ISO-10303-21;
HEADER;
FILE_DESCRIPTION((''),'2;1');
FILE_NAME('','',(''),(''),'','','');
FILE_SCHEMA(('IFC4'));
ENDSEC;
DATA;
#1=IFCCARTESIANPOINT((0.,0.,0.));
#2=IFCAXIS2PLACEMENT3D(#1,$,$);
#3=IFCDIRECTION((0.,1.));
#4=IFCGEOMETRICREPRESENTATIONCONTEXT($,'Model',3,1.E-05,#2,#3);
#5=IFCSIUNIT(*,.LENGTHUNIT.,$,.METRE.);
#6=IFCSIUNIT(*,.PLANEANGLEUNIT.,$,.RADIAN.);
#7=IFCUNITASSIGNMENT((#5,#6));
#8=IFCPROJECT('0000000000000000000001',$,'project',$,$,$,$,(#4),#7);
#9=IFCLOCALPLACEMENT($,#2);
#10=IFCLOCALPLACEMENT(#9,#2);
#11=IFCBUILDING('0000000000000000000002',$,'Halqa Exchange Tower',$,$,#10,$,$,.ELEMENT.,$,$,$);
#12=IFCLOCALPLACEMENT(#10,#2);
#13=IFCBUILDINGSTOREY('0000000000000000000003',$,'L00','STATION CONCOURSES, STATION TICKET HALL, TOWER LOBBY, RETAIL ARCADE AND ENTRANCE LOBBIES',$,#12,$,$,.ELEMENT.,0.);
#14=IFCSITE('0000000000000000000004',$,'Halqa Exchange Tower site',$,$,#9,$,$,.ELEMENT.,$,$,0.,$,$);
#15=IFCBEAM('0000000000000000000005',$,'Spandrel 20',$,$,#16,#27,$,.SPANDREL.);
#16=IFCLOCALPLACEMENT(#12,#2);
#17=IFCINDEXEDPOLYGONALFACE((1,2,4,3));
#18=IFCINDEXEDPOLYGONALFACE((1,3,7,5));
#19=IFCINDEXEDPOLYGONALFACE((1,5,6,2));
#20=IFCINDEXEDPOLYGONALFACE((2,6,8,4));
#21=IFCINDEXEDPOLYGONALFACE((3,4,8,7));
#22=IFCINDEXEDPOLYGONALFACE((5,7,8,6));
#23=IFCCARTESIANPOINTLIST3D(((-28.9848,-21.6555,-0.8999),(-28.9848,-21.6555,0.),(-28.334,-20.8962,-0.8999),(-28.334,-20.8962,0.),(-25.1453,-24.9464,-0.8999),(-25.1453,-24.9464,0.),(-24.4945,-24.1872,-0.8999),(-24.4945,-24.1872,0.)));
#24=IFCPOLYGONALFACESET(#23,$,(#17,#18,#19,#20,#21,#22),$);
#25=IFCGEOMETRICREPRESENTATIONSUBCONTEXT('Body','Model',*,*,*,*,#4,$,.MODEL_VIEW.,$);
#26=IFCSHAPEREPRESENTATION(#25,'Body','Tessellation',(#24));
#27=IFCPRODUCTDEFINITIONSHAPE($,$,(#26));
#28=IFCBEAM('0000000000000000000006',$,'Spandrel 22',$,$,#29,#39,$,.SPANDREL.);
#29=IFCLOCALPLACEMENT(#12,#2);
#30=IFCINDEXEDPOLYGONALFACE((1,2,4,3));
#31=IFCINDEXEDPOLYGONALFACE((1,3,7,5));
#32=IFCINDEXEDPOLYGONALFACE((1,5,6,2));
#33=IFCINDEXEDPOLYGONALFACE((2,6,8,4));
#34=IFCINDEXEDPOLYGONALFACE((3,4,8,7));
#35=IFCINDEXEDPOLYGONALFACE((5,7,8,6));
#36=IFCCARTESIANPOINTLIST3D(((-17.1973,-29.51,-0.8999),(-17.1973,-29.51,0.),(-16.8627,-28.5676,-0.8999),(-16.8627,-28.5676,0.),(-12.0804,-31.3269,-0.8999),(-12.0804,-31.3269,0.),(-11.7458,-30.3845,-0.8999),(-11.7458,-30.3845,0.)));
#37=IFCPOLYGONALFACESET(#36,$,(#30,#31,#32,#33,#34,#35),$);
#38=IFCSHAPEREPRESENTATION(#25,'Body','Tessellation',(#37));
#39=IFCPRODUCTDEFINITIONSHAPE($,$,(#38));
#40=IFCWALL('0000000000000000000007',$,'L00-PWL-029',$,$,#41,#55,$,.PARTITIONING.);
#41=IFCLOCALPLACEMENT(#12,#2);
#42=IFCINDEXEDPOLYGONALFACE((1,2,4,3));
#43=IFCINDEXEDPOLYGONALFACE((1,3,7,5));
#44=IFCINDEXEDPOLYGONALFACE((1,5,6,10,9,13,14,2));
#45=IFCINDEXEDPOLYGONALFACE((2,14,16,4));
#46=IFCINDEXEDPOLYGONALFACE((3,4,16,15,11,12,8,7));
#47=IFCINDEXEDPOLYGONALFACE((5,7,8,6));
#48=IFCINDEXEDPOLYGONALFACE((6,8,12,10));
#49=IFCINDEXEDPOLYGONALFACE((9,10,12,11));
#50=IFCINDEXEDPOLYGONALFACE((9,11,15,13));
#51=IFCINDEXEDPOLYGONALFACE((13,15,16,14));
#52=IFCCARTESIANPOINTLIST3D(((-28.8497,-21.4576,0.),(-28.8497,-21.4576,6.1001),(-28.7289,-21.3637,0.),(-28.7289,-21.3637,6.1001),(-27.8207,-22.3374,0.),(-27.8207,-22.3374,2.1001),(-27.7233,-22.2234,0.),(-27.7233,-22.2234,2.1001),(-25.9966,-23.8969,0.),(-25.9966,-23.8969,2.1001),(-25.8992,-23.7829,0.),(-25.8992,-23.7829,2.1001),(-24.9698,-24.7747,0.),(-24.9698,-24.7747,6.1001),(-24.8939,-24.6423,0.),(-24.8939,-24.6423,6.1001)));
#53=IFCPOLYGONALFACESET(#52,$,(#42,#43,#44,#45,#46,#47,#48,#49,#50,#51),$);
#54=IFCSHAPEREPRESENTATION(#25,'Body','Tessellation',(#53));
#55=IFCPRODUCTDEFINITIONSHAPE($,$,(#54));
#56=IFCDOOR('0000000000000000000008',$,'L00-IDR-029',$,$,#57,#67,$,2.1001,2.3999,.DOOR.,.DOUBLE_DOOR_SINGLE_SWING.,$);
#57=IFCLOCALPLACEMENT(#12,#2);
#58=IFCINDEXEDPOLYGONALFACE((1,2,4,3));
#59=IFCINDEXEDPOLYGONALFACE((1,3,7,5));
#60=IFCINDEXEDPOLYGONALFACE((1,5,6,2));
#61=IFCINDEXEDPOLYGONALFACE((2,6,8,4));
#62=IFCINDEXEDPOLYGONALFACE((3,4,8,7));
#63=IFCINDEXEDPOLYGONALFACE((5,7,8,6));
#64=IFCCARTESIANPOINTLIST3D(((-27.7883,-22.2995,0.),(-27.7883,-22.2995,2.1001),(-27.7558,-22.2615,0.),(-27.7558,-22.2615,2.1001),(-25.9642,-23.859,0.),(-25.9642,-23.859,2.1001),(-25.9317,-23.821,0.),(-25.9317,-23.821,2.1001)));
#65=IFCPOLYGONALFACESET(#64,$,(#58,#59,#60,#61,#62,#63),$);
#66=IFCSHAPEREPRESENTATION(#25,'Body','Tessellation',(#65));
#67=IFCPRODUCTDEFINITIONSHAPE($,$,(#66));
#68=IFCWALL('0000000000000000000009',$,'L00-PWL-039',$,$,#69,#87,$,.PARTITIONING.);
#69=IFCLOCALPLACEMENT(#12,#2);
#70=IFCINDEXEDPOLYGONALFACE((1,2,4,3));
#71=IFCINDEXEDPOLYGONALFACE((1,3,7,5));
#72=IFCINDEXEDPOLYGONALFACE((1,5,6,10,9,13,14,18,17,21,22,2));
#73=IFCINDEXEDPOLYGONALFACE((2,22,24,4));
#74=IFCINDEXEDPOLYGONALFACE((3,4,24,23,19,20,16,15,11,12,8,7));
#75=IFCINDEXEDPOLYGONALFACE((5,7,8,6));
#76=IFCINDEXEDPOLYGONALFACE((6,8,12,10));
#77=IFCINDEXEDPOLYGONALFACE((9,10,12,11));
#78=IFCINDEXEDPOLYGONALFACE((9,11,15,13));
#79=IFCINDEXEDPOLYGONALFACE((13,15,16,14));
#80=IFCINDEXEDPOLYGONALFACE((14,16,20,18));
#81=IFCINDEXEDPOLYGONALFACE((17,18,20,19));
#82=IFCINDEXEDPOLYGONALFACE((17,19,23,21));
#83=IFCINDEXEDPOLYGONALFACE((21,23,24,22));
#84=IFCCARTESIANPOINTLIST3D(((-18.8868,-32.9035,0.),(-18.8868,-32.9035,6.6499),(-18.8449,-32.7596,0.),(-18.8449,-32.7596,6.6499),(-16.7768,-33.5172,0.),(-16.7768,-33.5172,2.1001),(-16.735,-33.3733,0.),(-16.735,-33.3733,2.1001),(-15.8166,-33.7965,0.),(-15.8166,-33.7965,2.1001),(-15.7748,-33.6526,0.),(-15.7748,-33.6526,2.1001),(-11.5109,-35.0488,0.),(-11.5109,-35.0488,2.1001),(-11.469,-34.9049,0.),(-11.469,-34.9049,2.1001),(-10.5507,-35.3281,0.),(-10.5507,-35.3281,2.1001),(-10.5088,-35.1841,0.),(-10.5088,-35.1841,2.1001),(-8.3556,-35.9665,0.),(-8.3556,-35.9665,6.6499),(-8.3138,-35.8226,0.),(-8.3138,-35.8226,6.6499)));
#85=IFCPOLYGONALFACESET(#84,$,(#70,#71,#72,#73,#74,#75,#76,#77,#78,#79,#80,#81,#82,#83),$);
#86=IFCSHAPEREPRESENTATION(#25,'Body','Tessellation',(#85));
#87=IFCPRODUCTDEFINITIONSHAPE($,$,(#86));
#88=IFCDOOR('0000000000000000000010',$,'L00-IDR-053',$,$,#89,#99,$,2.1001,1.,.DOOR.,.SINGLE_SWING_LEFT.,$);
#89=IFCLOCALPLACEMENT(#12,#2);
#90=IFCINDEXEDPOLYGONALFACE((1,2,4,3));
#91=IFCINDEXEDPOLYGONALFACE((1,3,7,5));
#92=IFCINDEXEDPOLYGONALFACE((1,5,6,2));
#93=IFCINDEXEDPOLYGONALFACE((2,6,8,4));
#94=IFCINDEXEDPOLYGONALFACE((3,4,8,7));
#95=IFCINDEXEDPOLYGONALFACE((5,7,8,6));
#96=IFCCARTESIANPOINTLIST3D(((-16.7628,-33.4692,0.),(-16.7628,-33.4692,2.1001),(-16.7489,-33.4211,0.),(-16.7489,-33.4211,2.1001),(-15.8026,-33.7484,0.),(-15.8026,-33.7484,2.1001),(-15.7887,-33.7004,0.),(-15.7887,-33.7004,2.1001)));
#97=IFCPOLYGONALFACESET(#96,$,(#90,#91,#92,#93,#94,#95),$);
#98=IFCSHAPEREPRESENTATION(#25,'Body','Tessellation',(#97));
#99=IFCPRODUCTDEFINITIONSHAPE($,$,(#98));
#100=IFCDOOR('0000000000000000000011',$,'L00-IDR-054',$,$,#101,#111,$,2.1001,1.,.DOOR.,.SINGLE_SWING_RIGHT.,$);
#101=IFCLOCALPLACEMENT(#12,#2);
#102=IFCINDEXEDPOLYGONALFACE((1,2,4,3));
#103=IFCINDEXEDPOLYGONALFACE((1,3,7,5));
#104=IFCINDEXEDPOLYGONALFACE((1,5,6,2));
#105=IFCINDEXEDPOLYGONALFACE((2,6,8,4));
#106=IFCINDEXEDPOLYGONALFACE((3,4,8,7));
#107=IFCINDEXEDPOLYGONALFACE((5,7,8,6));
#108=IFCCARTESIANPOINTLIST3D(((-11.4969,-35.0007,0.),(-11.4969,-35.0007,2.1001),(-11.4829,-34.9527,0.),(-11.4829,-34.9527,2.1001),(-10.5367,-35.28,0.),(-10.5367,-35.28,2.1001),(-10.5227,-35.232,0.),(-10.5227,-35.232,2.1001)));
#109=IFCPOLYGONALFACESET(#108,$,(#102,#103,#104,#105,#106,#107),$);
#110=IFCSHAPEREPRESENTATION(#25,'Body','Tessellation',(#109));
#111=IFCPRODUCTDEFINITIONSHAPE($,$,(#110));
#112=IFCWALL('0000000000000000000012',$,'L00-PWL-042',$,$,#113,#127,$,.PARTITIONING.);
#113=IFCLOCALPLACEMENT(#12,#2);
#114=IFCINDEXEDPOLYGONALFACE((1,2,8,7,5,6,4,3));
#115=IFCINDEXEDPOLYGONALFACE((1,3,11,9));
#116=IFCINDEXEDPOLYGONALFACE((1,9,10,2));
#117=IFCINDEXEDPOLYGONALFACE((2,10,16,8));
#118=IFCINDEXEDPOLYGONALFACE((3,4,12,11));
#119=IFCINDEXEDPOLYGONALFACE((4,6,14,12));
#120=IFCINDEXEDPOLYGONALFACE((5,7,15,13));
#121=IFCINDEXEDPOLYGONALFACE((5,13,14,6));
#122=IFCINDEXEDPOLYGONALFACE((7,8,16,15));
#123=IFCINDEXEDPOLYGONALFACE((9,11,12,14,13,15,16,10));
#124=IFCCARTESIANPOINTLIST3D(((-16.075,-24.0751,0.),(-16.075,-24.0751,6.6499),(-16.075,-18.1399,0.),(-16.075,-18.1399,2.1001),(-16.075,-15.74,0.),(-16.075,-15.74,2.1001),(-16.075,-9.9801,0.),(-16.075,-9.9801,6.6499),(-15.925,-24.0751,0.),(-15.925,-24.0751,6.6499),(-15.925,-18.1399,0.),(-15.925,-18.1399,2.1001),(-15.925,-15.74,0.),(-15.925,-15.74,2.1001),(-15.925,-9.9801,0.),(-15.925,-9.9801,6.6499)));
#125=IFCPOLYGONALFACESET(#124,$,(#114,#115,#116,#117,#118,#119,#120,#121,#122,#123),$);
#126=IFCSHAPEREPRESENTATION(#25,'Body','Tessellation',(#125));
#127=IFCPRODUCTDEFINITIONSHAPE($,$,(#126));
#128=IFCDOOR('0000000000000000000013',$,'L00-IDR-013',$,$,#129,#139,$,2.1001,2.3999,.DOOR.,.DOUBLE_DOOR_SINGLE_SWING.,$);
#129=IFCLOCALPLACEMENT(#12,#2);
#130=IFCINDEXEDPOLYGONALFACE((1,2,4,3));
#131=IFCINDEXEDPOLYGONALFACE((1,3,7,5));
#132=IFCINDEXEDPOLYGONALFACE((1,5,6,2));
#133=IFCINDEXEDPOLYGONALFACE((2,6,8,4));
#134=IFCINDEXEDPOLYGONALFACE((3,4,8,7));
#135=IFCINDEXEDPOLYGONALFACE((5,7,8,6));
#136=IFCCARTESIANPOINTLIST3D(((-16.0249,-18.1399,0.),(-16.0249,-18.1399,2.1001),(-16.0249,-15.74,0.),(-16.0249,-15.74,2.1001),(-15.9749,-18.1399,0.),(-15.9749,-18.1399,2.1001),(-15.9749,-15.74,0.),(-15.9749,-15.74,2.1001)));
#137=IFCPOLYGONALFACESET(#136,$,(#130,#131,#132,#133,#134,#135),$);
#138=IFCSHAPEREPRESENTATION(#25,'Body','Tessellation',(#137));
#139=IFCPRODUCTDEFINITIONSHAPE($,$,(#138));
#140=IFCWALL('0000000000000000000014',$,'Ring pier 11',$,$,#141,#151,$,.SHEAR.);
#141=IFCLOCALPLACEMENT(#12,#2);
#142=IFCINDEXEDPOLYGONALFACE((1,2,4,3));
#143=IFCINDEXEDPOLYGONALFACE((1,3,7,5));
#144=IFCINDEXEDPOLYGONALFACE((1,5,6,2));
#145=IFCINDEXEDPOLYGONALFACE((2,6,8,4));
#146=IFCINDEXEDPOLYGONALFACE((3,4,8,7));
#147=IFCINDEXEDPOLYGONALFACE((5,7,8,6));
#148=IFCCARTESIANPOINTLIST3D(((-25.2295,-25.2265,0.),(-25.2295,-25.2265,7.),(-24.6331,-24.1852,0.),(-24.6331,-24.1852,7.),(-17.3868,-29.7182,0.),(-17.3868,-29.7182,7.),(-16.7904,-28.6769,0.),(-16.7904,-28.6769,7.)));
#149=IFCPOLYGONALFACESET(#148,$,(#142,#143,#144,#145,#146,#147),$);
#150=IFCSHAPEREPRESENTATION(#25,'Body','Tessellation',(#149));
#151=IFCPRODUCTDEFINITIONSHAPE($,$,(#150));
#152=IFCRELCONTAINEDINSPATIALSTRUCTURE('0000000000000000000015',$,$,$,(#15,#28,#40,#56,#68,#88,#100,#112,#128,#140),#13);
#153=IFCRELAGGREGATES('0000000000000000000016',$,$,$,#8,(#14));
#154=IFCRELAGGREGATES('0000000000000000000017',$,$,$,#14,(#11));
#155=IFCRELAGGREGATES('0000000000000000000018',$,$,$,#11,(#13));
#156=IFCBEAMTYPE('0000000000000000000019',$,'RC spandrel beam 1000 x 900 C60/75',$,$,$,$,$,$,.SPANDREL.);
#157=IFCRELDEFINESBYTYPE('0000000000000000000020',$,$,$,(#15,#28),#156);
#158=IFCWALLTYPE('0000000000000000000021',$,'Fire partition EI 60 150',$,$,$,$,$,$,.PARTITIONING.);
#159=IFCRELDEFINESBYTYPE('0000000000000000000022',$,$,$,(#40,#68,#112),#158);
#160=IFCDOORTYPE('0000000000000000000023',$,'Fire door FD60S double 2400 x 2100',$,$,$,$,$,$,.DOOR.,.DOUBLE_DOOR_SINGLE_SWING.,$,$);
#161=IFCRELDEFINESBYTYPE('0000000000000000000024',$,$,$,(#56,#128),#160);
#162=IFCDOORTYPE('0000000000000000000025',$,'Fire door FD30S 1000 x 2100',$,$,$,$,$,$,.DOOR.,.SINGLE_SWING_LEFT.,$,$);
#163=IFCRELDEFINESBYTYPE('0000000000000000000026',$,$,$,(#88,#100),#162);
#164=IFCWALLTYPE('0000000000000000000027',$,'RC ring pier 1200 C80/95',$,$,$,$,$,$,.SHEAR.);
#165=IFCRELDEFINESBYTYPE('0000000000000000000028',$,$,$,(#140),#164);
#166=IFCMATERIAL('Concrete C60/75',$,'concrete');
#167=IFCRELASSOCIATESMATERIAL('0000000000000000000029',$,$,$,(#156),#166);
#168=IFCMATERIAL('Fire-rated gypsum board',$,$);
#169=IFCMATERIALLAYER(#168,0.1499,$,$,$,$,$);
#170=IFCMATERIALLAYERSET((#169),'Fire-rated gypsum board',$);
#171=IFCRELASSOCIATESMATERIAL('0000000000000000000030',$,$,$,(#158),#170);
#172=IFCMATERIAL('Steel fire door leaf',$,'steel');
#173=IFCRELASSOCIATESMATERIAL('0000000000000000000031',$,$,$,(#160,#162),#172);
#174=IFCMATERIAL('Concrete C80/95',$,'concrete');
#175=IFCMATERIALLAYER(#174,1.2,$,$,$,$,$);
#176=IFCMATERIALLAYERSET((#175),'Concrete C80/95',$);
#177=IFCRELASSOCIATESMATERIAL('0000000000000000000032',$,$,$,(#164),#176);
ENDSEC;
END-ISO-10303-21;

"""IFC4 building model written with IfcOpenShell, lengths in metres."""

from ifc_helpers import new_model, si_unit, direction, frame, frame_2d, origin, origin_2d, place, context, subcontext, project, spatial, polyline, rectangle, outline, extrude, material, layer, layer_set, material_profile, profile_set, type_object, element, fill, save


model = new_model("IFC4")

# Units and contexts
model_context = context("Model", 3, precision=1e-05, world=origin(), true_north=direction((0.0, 1.0)))
body_context = subcontext(model_context, "Body", "Model", "MODEL_VIEW")
ifc_project = project(units=[si_unit("LENGTHUNIT", "METRE"), si_unit("PLANEANGLEUNIT", "RADIAN")], contexts=[model_context])

# Site, building, storey
site_placement = place(None, origin())
site = spatial("IfcSite", under=ifc_project, at=site_placement, Name="Halqa Exchange Tower site", CompositionType="ELEMENT", RefElevation=0.0)
building_placement = place(site_placement, origin())
building = spatial("IfcBuilding", under=site, at=building_placement, Name="Halqa Exchange Tower", CompositionType="ELEMENT")
storey_placement = place(building_placement, origin())
storey = spatial("IfcBuildingStorey", under=building, at=storey_placement, Name="L00", Description="STATION CONCOURSES, STATION TICKET HALL, TOWER LOBBY, RETAIL ARCADE AND ENTRANCE LOBBIES", CompositionType="ELEMENT", Elevation=0.0)

# Beams
ifc_material_1 = material(Name="Concrete C60/75", Category="concrete")
ifc_material_profile_1 = material_profile(ifc_material_1, rectangle(XDim=1.0, YDim=0.8999, at=origin_2d()), Name="1000 x 900")
ifc_profile_set_1 = profile_set([ifc_material_profile_1], Name="Concrete C60/75")
beam_type_1 = type_object("IfcBeamType", Name="RC spandrel beam 1000 x 900 C60/75", PredefinedType="SPANDREL", material=ifc_profile_set_1)
beam_1_placement = place(storey_placement, frame((-28.6594, -21.2759, -0.45), z_axis=(0.759263, -0.650783, 0.0), x_axis=(0.650783, 0.759263, 0.0)))
element("IfcBeam", 1, at=beam_1_placement, inside=storey, type_object=beam_type_1, Name="Spandrel 20", PredefinedType="SPANDREL", context=body_context, shape_type="SweptSolid", body=[
    extrude(rectangle(XDim=1.0, YDim=0.8999, at=origin_2d()), origin(), (0.0, 0.0, 1.0), 5.0569),
])
beam_2_placement = place(storey_placement, frame((-17.03, -29.0388, -0.45), z_axis=(0.942358, -0.334607, 0.0), x_axis=(0.334607, 0.942358, 0.0)))
element("IfcBeam", 2, at=beam_2_placement, inside=storey, type_object=beam_type_1, Name="Spandrel 22", PredefinedType="SPANDREL", context=body_context, shape_type="SweptSolid", body=[
    extrude(rectangle(XDim=1.0, YDim=0.8999, at=origin_2d()), origin(), (0.0, 0.0, 1.0), 5.4299),
])

# Wall, opening, door
ifc_material_2 = material(Name="Fire-rated gypsum board")
ifc_layer_1 = layer(ifc_material_2, 0.1499)
ifc_layer_set_1 = layer_set([ifc_layer_1], Name="Fire-rated gypsum board")
wall_type_1 = type_object("IfcWallType", Name="Fire partition EI 60 150", PredefinedType="PARTITIONING", material=ifc_layer_set_1)
wall_1_placement = place(storey_placement, frame((-24.9319, -24.7085, 0.0), z_axis=(0.0, 0.0, 1.0), x_axis=(-0.760085, 0.649824, 0.0)))
wall_1 = element("IfcWall", 3, at=wall_1_placement, inside=storey, type_object=wall_type_1, Name="L00-PWL-029", PredefinedType="PARTITIONING", context=body_context, shape_type="SweptSolid", body=[
    extrude(outline(polyline([(0.0142, -0.075), (5.0596, -0.075), (5.0903, 0.075), (-0.0142, 0.075), (0.0142, -0.075)])), origin(), (0.0, 0.0, 1.0), 6.1001),
])
opening_1_placement = place(wall_1_placement, frame((1.3367, 0.0, 0.0)))
opening_1 = element("IfcOpeningElement", 4, at=opening_1_placement, cuts=wall_1, PredefinedType="OPENING", context=body_context, shape_type="SweptSolid", body=[
    extrude(rectangle(XDim=2.3999, YDim=2.1001, at=frame_2d((1.2, 1.05))), frame((0.0, 0.0869, 0.0), z_axis=(0.0, -1.0, 0.0), x_axis=(1.0, 0.0, 0.0)), (0.0, 0.0, 1.0), 0.1738),
])
ifc_material_3 = material(Name="Steel fire door leaf", Category="steel")
door_type_1 = type_object("IfcDoorType", Name="Fire door FD60S double 2400 x 2100", OperationType="DOUBLE_DOOR_SINGLE_SWING", PredefinedType="DOOR", material=ifc_material_3)
door_1_placement = place(opening_1_placement, frame((2.3999, 0.0, 0.0), z_axis=(0.0, 0.0, 1.0), x_axis=(-1.0, 0.0, 0.0)))
door_1 = element("IfcDoor", 5, at=door_1_placement, inside=storey, type_object=door_type_1, Name="L00-IDR-029", OperationType="DOUBLE_DOOR_SINGLE_SWING", OverallHeight=2.1001, OverallWidth=2.3999, PredefinedType="DOOR", context=body_context, shape_type="SweptSolid", body=[
    extrude(rectangle(XDim=2.3999, YDim=2.1001, at=frame_2d((1.2, 1.05))), frame((0.0, 0.0249, 0.0), z_axis=(0.0, -1.0, 0.0), x_axis=(1.0, 0.0, 0.0)), (0.0, 0.0, 1.0), 0.05),
])
fill(opening_1, door_1)

# Wall, openings, doors
wall_2_placement = place(storey_placement, frame((-18.866, -32.8315, 0.0), z_axis=(0.0, 0.0, 1.0), x_axis=(0.960211, -0.279275, 0.0)))
wall_2 = element("IfcWall", 6, at=wall_2_placement, inside=storey, type_object=wall_type_1, Name="L00-PWL-039", PredefinedType="PARTITIONING", context=body_context, shape_type="SweptSolid", body=[
    extrude(rectangle(XDim=10.9675, YDim=0.1499, at=frame_2d((5.4839, 0.0))), origin(), (0.0, 0.0, 1.0), 6.6499),
])
opening_2_placement = place(wall_2_placement, frame((2.1975, 0.0, 0.0)))
opening_2 = element("IfcOpeningElement", 7, at=opening_2_placement, cuts=wall_2, PredefinedType="OPENING", context=body_context, shape_type="SweptSolid", body=[
    extrude(rectangle(XDim=1.0, YDim=2.1001, at=frame_2d((0.5, 1.05))), frame((0.0, 0.0869, 0.0), z_axis=(0.0, -1.0, 0.0), x_axis=(1.0, 0.0, 0.0)), (0.0, 0.0, 1.0), 0.1738),
])
opening_3_placement = place(wall_2_placement, frame((7.6816, 0.0, 0.0)))
opening_3 = element("IfcOpeningElement", 8, at=opening_3_placement, cuts=wall_2, PredefinedType="OPENING", context=body_context, shape_type="SweptSolid", body=[
    extrude(rectangle(XDim=1.0, YDim=2.1001, at=frame_2d((0.5, 1.05))), frame((0.0, 0.0869, 0.0), z_axis=(0.0, -1.0, 0.0), x_axis=(1.0, 0.0, 0.0)), (0.0, 0.0, 1.0), 0.1738),
])
door_type_2 = type_object("IfcDoorType", Name="Fire door FD30S 1000 x 2100", OperationType="SINGLE_SWING_LEFT", PredefinedType="DOOR", material=ifc_material_3)
door_2_placement = place(opening_2_placement, frame((1.0, 0.0, 0.0), z_axis=(0.0, 0.0, 1.0), x_axis=(-1.0, 0.0, 0.0)))
door_2 = element("IfcDoor", 9, at=door_2_placement, inside=storey, type_object=door_type_2, Name="L00-IDR-053", OperationType="SINGLE_SWING_LEFT", OverallHeight=2.1001, OverallWidth=1.0, PredefinedType="DOOR", context=body_context, shape_type="SweptSolid", body=[
    extrude(rectangle(XDim=1.0, YDim=2.1001, at=frame_2d((0.5, 1.05))), frame((0.0, 0.0249, 0.0), z_axis=(0.0, -1.0, 0.0), x_axis=(1.0, 0.0, 0.0)), (0.0, 0.0, 1.0), 0.05),
])
fill(opening_2, door_2)
door_3_placement = place(opening_3_placement, frame((1.0, 0.0, 0.0), z_axis=(0.0, 0.0, 1.0), x_axis=(-1.0, 0.0, 0.0)))
door_3 = element("IfcDoor", 10, at=door_3_placement, inside=storey, type_object=door_type_2, Name="L00-IDR-054", OperationType="SINGLE_SWING_RIGHT", OverallHeight=2.1001, OverallWidth=1.0, PredefinedType="DOOR", context=body_context, shape_type="SweptSolid", body=[
    extrude(rectangle(XDim=1.0, YDim=2.1001, at=frame_2d((0.5, 1.05))), frame((0.0, 0.0249, 0.0), z_axis=(0.0, -1.0, 0.0), x_axis=(1.0, 0.0, 0.0)), (0.0, 0.0, 1.0), 0.05),
])
fill(opening_3, door_3)

# Wall, opening, door
wall_3_placement = place(storey_placement, frame((-16.0, -24.075, 0.0), z_axis=(0.0, 0.0, 1.0), x_axis=(0.0, 1.0, 0.0)))
wall_3 = element("IfcWall", 11, at=wall_3_placement, inside=storey, type_object=wall_type_1, Name="L00-PWL-042", PredefinedType="PARTITIONING", context=body_context, shape_type="SweptSolid", body=[
    extrude(rectangle(XDim=14.095, YDim=0.1499, at=frame_2d((7.0474, 0.0))), origin(), (0.0, 0.0, 1.0), 6.6499),
])
opening_4_placement = place(wall_3_placement, frame((5.9351, 0.0, 0.0)))
opening_4 = element("IfcOpeningElement", 12, at=opening_4_placement, cuts=wall_3, PredefinedType="OPENING", context=body_context, shape_type="SweptSolid", body=[
    extrude(rectangle(XDim=2.3999, YDim=2.1001, at=frame_2d((1.2, 1.05))), frame((0.0, 0.0869, 0.0), z_axis=(0.0, -1.0, 0.0), x_axis=(1.0, 0.0, 0.0)), (0.0, 0.0, 1.0), 0.1738),
])
door_4_placement = place(opening_4_placement, origin())
door_4 = element("IfcDoor", 13, at=door_4_placement, inside=storey, type_object=door_type_1, Name="L00-IDR-013", OperationType="DOUBLE_DOOR_SINGLE_SWING", OverallHeight=2.1001, OverallWidth=2.3999, PredefinedType="DOOR", context=body_context, shape_type="SweptSolid", body=[
    extrude(rectangle(XDim=2.3999, YDim=2.1001, at=frame_2d((1.2, 1.05))), frame((0.0, 0.0249, 0.0), z_axis=(0.0, -1.0, 0.0), x_axis=(1.0, 0.0, 0.0)), (0.0, 0.0, 1.0), 0.05),
])
fill(opening_4, door_4)

# Wall
ifc_material_4 = material(Name="Concrete C80/95", Category="concrete")
ifc_layer_2 = layer(ifc_material_4, 1.2)
ifc_layer_set_2 = layer_set([ifc_layer_2], Name="Concrete C80/95")
wall_type_2 = type_object("IfcWallType", Name="RC ring pier 1200 C80/95", PredefinedType="SHEAR", material=ifc_layer_set_2)
wall_4_placement = place(storey_placement, frame((-24.9314, -24.7058, 0.0), z_axis=(0.0, 0.0, 1.0), x_axis=(0.867761, -0.496982, 0.0)))
element("IfcWall", 14, at=wall_4_placement, inside=storey, type_object=wall_type_2, Name="Ring pier 11", PredefinedType="SHEAR", context=body_context, shape_type="SweptSolid", body=[
    extrude(rectangle(XDim=9.0378, YDim=1.2, at=frame_2d((4.519, 0.0))), origin(), (0.0, 0.0, 1.0), 7.0),
])

save(model, "model.ifc")
